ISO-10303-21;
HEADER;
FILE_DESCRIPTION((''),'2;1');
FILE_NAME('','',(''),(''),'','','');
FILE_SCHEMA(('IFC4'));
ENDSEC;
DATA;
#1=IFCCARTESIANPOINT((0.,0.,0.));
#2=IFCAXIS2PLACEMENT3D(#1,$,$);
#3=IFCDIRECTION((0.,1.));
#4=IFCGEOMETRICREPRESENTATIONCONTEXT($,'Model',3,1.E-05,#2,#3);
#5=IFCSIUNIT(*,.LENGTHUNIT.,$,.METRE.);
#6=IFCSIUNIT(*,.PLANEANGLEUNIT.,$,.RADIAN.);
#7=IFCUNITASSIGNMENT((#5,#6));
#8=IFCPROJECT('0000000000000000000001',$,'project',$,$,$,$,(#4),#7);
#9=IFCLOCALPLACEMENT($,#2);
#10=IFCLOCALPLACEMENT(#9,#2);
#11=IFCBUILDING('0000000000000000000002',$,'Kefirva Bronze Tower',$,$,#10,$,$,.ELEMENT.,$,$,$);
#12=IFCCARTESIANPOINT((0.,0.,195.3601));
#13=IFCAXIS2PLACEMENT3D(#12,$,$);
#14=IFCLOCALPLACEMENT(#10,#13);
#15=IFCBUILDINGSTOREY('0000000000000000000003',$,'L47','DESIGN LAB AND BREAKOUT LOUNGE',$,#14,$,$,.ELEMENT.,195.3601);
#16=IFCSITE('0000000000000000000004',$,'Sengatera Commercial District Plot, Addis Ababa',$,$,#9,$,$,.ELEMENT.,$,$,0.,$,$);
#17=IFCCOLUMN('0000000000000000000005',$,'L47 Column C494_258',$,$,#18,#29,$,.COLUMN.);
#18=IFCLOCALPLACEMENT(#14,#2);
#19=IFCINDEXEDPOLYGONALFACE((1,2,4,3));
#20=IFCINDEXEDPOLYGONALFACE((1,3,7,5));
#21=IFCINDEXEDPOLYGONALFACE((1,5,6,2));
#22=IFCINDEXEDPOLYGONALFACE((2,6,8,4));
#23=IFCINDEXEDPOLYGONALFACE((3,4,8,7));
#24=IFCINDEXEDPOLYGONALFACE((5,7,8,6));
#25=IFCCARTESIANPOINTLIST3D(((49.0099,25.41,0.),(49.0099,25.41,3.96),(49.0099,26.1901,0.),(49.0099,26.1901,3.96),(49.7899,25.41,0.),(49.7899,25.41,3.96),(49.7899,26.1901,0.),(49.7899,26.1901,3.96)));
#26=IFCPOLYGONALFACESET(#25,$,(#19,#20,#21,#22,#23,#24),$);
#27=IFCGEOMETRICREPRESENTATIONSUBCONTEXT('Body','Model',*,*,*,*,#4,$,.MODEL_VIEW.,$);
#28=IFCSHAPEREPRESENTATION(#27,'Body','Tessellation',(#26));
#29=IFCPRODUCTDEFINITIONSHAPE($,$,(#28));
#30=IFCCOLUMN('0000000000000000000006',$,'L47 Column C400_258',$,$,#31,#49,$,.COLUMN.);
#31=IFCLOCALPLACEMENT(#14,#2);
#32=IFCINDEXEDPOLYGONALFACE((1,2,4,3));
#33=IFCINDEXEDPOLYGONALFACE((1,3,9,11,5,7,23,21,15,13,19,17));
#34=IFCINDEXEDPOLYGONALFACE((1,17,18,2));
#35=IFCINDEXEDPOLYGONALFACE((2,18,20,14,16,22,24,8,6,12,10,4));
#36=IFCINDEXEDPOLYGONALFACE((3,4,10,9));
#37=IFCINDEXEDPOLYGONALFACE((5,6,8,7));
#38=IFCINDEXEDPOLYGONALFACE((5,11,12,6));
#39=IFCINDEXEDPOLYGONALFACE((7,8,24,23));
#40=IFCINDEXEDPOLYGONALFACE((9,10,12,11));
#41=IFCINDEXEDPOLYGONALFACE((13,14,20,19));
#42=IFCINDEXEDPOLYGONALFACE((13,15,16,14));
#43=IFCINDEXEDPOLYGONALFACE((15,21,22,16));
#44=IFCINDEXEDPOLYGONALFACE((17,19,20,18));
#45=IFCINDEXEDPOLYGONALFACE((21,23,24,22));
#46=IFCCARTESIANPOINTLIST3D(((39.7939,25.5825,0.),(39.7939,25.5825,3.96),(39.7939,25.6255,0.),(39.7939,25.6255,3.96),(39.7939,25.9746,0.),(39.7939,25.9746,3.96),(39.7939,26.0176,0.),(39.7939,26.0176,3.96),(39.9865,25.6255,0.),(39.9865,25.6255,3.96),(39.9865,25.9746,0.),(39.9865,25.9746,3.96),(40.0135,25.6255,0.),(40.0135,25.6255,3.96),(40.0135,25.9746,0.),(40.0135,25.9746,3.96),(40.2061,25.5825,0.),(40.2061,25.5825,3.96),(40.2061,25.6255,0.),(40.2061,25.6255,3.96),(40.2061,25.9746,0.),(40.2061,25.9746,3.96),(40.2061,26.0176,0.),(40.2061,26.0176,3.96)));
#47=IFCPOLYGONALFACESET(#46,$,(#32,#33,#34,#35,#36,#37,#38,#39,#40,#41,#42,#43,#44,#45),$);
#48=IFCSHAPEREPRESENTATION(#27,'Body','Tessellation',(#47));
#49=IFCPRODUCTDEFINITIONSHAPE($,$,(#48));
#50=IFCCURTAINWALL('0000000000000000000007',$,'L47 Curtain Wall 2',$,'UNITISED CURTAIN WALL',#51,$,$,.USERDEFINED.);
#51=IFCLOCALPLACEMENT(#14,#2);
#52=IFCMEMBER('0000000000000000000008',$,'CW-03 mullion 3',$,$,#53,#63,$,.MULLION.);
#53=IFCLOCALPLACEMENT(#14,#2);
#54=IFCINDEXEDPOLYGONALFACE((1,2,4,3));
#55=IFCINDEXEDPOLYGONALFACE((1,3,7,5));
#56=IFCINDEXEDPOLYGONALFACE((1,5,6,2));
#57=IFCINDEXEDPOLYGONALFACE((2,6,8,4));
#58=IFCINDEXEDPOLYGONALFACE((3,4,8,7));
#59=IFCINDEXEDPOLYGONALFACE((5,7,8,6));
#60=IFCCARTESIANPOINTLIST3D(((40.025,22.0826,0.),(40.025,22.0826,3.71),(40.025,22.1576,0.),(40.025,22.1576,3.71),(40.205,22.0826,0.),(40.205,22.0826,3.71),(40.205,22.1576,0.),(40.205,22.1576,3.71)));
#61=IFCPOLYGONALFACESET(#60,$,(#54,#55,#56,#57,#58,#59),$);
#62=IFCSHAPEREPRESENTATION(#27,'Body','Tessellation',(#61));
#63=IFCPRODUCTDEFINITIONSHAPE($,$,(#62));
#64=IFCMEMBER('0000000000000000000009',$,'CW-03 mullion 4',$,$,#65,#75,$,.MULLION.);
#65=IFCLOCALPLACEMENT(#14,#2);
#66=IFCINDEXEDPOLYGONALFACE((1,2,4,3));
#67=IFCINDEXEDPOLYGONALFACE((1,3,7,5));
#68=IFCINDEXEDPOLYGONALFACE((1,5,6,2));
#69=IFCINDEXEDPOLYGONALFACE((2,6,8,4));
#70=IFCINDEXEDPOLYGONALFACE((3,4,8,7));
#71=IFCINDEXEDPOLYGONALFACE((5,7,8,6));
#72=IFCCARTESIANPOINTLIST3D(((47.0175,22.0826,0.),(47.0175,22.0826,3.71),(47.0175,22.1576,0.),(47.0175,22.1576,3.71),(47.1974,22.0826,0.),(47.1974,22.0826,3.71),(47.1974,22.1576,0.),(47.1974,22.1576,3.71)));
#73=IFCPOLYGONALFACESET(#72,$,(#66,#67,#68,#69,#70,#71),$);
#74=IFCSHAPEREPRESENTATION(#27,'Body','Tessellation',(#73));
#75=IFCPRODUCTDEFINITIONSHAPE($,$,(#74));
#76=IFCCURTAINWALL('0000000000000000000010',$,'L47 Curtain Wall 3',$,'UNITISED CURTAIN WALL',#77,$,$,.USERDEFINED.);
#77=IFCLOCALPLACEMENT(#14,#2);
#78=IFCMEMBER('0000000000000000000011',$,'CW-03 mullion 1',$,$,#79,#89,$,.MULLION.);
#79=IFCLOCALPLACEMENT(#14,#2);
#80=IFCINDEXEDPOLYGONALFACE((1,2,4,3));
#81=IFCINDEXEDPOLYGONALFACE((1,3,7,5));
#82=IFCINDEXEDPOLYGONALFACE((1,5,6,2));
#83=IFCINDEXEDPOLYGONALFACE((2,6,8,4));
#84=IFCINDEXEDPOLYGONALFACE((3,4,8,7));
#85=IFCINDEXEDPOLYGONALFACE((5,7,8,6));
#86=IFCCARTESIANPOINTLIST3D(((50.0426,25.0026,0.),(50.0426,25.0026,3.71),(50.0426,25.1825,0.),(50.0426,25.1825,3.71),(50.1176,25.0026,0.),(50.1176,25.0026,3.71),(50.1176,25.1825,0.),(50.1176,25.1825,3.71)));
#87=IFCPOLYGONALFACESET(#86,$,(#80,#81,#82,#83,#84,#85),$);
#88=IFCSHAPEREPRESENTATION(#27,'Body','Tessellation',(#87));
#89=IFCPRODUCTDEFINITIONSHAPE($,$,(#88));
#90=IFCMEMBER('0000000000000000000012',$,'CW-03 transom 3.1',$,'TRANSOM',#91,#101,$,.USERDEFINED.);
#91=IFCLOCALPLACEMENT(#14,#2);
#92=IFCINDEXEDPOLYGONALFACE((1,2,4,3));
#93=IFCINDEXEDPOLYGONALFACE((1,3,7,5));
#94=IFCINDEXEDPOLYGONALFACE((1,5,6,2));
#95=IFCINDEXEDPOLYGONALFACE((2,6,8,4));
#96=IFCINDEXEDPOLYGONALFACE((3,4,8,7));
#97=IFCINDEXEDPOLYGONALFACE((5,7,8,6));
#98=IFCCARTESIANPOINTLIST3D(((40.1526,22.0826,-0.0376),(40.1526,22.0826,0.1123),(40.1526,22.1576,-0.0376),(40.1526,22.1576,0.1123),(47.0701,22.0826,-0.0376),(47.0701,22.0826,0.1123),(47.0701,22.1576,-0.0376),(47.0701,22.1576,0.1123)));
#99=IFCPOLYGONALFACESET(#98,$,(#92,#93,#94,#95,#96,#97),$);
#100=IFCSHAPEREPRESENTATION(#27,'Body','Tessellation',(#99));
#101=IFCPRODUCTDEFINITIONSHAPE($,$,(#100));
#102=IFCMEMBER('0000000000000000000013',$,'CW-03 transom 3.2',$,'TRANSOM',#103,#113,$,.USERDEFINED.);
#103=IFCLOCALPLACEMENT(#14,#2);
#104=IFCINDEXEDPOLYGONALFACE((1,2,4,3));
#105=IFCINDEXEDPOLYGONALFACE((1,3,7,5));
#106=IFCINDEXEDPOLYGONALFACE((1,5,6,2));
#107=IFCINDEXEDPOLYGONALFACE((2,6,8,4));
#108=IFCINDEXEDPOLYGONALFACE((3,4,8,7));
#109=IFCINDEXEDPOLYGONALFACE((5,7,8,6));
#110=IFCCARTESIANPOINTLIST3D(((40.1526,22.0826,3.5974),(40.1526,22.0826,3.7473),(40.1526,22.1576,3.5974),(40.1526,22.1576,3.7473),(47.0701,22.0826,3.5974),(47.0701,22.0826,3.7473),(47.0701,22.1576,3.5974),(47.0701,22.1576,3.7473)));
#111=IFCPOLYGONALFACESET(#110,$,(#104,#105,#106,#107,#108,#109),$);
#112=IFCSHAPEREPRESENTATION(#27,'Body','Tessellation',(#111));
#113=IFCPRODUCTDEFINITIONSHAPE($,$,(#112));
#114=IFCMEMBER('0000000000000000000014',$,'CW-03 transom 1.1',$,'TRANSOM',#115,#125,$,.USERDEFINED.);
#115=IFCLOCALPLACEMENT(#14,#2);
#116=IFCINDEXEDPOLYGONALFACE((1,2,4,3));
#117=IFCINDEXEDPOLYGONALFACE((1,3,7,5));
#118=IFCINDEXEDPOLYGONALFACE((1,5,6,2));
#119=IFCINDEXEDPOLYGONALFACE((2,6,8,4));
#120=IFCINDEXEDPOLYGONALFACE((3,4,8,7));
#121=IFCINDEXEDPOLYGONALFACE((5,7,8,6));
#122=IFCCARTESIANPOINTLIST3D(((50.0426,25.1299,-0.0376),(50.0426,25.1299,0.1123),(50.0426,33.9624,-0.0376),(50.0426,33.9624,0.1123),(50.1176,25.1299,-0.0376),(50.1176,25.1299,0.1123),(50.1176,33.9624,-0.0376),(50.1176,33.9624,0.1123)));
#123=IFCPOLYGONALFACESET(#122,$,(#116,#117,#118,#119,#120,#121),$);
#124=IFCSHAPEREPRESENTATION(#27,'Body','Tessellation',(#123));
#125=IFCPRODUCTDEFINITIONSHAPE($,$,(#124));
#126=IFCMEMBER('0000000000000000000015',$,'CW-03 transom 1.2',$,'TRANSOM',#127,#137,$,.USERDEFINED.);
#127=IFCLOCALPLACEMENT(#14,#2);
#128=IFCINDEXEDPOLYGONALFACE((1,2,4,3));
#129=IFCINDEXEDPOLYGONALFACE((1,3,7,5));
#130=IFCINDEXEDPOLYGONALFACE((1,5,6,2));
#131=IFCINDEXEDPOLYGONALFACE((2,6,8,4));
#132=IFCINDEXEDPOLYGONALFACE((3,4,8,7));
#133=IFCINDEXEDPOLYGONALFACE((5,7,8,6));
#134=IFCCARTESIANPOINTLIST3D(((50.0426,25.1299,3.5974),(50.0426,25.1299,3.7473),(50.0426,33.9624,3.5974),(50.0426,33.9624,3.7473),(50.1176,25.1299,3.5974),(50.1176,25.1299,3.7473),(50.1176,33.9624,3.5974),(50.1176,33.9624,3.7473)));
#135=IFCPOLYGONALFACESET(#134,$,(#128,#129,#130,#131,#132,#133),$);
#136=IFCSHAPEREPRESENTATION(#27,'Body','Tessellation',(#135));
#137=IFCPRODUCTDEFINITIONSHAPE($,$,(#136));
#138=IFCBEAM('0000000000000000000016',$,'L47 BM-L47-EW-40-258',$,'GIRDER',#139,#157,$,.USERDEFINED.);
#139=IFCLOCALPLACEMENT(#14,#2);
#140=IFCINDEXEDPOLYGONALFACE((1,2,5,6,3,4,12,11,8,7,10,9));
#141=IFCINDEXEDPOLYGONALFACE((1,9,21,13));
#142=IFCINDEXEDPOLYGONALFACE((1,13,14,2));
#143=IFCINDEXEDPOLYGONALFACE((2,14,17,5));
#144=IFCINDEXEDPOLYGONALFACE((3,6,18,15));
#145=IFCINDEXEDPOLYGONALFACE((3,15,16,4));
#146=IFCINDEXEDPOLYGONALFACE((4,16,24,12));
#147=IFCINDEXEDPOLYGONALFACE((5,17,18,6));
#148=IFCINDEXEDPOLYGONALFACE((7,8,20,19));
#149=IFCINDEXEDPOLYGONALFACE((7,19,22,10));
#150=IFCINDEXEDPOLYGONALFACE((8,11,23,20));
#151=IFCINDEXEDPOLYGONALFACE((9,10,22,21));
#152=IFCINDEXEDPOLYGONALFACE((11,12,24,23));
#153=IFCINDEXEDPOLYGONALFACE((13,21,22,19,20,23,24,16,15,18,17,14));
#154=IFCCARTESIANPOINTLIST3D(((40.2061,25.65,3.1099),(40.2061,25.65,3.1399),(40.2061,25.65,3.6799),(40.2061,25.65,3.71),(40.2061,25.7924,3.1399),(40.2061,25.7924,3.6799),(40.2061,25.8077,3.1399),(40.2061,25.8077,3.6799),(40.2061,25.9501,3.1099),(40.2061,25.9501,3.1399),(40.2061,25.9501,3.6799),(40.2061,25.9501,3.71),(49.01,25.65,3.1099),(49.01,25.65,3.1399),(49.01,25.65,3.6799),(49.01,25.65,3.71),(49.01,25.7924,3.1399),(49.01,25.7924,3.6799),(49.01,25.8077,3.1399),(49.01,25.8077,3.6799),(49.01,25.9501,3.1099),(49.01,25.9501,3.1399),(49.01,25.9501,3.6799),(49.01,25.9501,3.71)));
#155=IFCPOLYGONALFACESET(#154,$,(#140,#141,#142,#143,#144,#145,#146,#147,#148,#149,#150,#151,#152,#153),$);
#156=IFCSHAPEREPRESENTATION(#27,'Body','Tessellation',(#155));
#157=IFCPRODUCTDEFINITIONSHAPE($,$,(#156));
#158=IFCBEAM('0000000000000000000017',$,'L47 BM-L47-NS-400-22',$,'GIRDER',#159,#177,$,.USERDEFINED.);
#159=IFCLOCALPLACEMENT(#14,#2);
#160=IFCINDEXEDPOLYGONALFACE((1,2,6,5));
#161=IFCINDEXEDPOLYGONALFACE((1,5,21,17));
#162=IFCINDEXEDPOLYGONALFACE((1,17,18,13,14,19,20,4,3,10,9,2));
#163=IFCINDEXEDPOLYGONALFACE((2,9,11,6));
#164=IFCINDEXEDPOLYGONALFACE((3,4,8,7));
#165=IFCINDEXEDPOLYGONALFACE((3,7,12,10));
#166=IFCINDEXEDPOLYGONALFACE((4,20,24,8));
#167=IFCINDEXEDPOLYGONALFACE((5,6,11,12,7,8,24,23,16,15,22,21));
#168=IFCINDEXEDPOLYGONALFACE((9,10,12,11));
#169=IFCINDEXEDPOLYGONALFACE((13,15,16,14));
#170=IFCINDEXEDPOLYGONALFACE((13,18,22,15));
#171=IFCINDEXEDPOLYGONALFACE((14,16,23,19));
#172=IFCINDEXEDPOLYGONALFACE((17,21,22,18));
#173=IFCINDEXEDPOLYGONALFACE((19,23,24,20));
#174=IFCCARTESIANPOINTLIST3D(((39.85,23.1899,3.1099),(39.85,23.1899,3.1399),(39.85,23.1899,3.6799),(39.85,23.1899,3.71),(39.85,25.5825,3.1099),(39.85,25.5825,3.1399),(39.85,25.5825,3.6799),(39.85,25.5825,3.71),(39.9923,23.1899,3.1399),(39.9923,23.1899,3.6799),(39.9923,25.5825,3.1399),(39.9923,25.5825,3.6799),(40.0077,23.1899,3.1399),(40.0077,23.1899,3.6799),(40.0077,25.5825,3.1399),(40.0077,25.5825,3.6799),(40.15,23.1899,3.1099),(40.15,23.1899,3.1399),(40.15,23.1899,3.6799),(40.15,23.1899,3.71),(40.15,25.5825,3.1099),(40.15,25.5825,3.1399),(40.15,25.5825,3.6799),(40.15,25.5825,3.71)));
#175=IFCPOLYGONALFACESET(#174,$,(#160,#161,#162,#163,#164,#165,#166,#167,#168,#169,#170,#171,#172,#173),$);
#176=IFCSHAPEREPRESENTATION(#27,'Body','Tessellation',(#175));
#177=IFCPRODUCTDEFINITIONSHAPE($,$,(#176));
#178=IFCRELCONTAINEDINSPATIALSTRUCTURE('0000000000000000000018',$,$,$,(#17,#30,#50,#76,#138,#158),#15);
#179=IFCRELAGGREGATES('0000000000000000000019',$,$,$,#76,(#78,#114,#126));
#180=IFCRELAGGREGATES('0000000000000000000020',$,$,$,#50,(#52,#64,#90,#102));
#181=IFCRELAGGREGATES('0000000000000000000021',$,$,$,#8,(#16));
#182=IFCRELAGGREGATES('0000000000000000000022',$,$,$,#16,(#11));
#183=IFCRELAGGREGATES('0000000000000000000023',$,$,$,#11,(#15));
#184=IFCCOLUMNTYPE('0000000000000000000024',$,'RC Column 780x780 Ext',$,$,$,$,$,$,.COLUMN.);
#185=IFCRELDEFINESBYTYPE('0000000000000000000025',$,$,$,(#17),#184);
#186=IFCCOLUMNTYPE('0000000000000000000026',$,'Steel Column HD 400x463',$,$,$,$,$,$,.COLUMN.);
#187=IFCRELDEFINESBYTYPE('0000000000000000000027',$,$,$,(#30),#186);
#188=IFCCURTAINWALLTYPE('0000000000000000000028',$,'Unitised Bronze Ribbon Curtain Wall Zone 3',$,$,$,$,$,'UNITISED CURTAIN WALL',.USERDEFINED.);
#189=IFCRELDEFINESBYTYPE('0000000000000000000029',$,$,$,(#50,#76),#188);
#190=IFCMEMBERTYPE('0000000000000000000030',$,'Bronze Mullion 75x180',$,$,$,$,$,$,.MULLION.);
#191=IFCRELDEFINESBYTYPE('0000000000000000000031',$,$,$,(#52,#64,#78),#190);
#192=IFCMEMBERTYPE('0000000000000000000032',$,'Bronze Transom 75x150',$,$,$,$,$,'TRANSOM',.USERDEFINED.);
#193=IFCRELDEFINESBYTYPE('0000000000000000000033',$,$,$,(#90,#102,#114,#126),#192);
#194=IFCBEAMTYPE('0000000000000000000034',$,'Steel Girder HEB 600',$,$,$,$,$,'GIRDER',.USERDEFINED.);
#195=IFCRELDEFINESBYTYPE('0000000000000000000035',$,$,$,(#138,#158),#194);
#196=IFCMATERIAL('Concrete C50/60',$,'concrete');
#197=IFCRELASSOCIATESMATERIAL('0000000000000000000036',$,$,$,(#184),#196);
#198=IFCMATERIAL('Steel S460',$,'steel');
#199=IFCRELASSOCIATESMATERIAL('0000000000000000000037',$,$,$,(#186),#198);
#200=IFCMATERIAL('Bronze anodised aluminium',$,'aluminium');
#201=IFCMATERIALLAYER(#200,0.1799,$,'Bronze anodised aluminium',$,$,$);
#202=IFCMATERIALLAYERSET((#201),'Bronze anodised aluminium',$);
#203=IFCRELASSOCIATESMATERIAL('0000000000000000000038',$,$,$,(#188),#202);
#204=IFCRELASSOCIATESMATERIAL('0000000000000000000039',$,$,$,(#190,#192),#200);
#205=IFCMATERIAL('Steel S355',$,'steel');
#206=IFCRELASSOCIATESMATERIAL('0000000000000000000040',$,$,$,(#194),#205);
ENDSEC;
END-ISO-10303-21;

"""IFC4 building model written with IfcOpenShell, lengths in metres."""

from ifc_helpers import new_model, si_unit, direction, frame, origin, origin_2d, place, context, subcontext, project, spatial, rectangle, i_section, extrude, material, layer, layer_set, material_profile, profile_set, type_object, element, aggregate, save


model = new_model("IFC4")

# Units and contexts
model_context = context("Model", 3, precision=1e-05, world=origin(), true_north=direction((0.0, 1.0)))
body_context = subcontext(model_context, "Body", "Model", "MODEL_VIEW")
ifc_project = project(units=[si_unit("LENGTHUNIT", "METRE"), si_unit("PLANEANGLEUNIT", "RADIAN")], contexts=[model_context])

# Site, building, storey
site_placement = place(None, origin())
site = spatial("IfcSite", under=ifc_project, at=site_placement, Name="Sengatera Commercial District Plot, Addis Ababa", CompositionType="ELEMENT", RefElevation=0.0)
building_placement = place(site_placement, origin())
building = spatial("IfcBuilding", under=site, at=building_placement, Name="Kefirva Bronze Tower", CompositionType="ELEMENT")
storey_placement = place(building_placement, frame((0.0, 0.0, 195.3601)))
storey = spatial("IfcBuildingStorey", under=building, at=storey_placement, Name="L47", Description="DESIGN LAB AND BREAKOUT LOUNGE", CompositionType="ELEMENT", Elevation=195.3601)

# Columns
ifc_material_1 = material(Name="Concrete C50/60", Category="concrete")
ifc_material_profile_1 = material_profile(ifc_material_1, rectangle(XDim=0.78, YDim=0.78, at=origin_2d()), Name="RC 780x780")
ifc_profile_set_1 = profile_set([ifc_material_profile_1], Name="Concrete C50/60")
column_type_1 = type_object("IfcColumnType", Name="RC Column 780x780 Ext", PredefinedType="COLUMN", material=ifc_profile_set_1)
column_1_placement = place(storey_placement, frame((49.3999, 25.8, 0.0), z_axis=(0.0, 0.0, 1.0), x_axis=(1.0, 0.0, 0.0)))
element("IfcColumn", 1, at=column_1_placement, inside=storey, type_object=column_type_1, Name="L47 Column C494_258", PredefinedType="COLUMN", context=body_context, shape_type="SweptSolid", body=[
    extrude(rectangle(XDim=0.78, YDim=0.78, at=origin_2d()), origin(), (0.0, 0.0, 1.0), 3.96),
])
ifc_material_2 = material(Name="Steel S460", Category="steel")
ifc_material_profile_2 = material_profile(ifc_material_2, i_section(OverallWidth=0.4121, OverallDepth=0.4351, WebThickness=0.0271, FlangeThickness=0.043, at=origin_2d()), Name="HD 400x463")
ifc_profile_set_2 = profile_set([ifc_material_profile_2], Name="Steel S460")
column_type_2 = type_object("IfcColumnType", Name="Steel Column HD 400x463", PredefinedType="COLUMN", material=ifc_profile_set_2)
column_2_placement = place(storey_placement, frame((40.0, 25.8, 0.0), z_axis=(0.0, 0.0, 1.0), x_axis=(1.0, 0.0, 0.0)))
element("IfcColumn", 2, at=column_2_placement, inside=storey, type_object=column_type_2, Name="L47 Column C400_258", PredefinedType="COLUMN", context=body_context, shape_type="SweptSolid", body=[
    extrude(i_section(OverallWidth=0.4121, OverallDepth=0.4351, WebThickness=0.0271, FlangeThickness=0.043, at=origin_2d()), origin(), (0.0, 0.0, 1.0), 3.96),
])

# Curtain wall, members
ifc_material_3 = material(Name="Bronze anodised aluminium", Category="aluminium")
ifc_layer_1 = layer(ifc_material_3, 0.1799, Name="Bronze anodised aluminium")
ifc_layer_set_1 = layer_set([ifc_layer_1], Name="Bronze anodised aluminium")
curtain_wall_type = type_object("IfcCurtainWallType", Name="Unitised Bronze Ribbon Curtain Wall Zone 3", ElementType="UNITISED CURTAIN WALL", PredefinedType="USERDEFINED", material=ifc_layer_set_1)
curtain_wall_1_placement = place(storey_placement, origin())
curtain_wall_1 = element("IfcCurtainWall", 3, at=curtain_wall_1_placement, inside=storey, type_object=curtain_wall_type, Name="L47 Curtain Wall 2", ObjectType="UNITISED CURTAIN WALL", PredefinedType="USERDEFINED")
ifc_material_profile_3 = material_profile(ifc_material_3, rectangle(XDim=0.075, YDim=0.1799, at=origin_2d()), Name="ALU 75x180")
ifc_profile_set_3 = profile_set([ifc_material_profile_3], Name="Bronze anodised aluminium")
member_type_1 = type_object("IfcMemberType", Name="Bronze Mullion 75x180", PredefinedType="MULLION", material=ifc_profile_set_3)
member_1_placement = place(storey_placement, frame((40.115, 22.1201, 0.0), z_axis=(0.0, 0.0, 1.0), x_axis=(0.0, 1.0, 0.0)))
member_1 = element("IfcMember", 4, at=member_1_placement, type_object=member_type_1, Name="CW-03 mullion 3", PredefinedType="MULLION", context=body_context, shape_type="SweptSolid", body=[
    extrude(rectangle(XDim=0.075, YDim=0.1799, at=origin_2d()), origin(), (0.0, 0.0, 1.0), 3.71),
])
member_2_placement = place(storey_placement, frame((47.1074, 22.1201, 0.0), z_axis=(0.0, 0.0, 1.0), x_axis=(0.0, 1.0, 0.0)))
member_2 = element("IfcMember", 5, at=member_2_placement, type_object=member_type_1, Name="CW-03 mullion 4", PredefinedType="MULLION", context=body_context, shape_type="SweptSolid", body=[
    extrude(rectangle(XDim=0.075, YDim=0.1799, at=origin_2d()), origin(), (0.0, 0.0, 1.0), 3.71),
])

# Curtain wall, member
curtain_wall_2_placement = place(storey_placement, origin())
curtain_wall_2 = element("IfcCurtainWall", 6, at=curtain_wall_2_placement, inside=storey, type_object=curtain_wall_type, Name="L47 Curtain Wall 3", ObjectType="UNITISED CURTAIN WALL", PredefinedType="USERDEFINED")
member_3_placement = place(storey_placement, frame((50.0801, 25.0925, 0.0), z_axis=(0.0, 0.0, 1.0), x_axis=(-1.0, 0.0, 0.0)))
member_3 = element("IfcMember", 7, at=member_3_placement, type_object=member_type_1, Name="CW-03 mullion 1", PredefinedType="MULLION", context=body_context, shape_type="SweptSolid", body=[
    extrude(rectangle(XDim=0.075, YDim=0.1799, at=origin_2d()), origin(), (0.0, 0.0, 1.0), 3.71),
])

# Members
ifc_material_profile_4 = material_profile(ifc_material_3, rectangle(XDim=0.075, YDim=0.1499, at=origin_2d()), Name="ALU 75x150")
ifc_profile_set_4 = profile_set([ifc_material_profile_4], Name="Bronze anodised aluminium")
member_type_2 = type_object("IfcMemberType", Name="Bronze Transom 75x150", ElementType="TRANSOM", PredefinedType="USERDEFINED", material=ifc_profile_set_4)
member_4_placement = place(storey_placement, frame((40.1526, 22.1201, 0.0374), z_axis=(1.0, 0.0, 0.0), x_axis=(0.0, 1.0, 0.0)))
member_4 = element("IfcMember", 8, at=member_4_placement, type_object=member_type_2, Name="CW-03 transom 3.1", ObjectType="TRANSOM", PredefinedType="USERDEFINED", context=body_context, shape_type="SweptSolid", body=[
    extrude(rectangle(XDim=0.075, YDim=0.1499, at=origin_2d()), origin(), (0.0, 0.0, 1.0), 6.9175),
])
member_5_placement = place(storey_placement, frame((40.1526, 22.1201, 3.6724), z_axis=(1.0, 0.0, 0.0), x_axis=(0.0, 1.0, 0.0)))
member_5 = element("IfcMember", 9, at=member_5_placement, type_object=member_type_2, Name="CW-03 transom 3.2", ObjectType="TRANSOM", PredefinedType="USERDEFINED", context=body_context, shape_type="SweptSolid", body=[
    extrude(rectangle(XDim=0.075, YDim=0.1499, at=origin_2d()), origin(), (0.0, 0.0, 1.0), 6.9175),
])
member_6_placement = place(storey_placement, frame((50.0801, 25.1299, 0.0374), z_axis=(0.0, 1.0, 0.0), x_axis=(-1.0, 0.0, 0.0)))
member_6 = element("IfcMember", 10, at=member_6_placement, type_object=member_type_2, Name="CW-03 transom 1.1", ObjectType="TRANSOM", PredefinedType="USERDEFINED", context=body_context, shape_type="SweptSolid", body=[
    extrude(rectangle(XDim=0.075, YDim=0.1499, at=origin_2d()), origin(), (0.0, 0.0, 1.0), 8.8325),
])
member_7_placement = place(storey_placement, frame((50.0801, 25.1299, 3.6724), z_axis=(0.0, 1.0, 0.0), x_axis=(-1.0, 0.0, 0.0)))
member_7 = element("IfcMember", 11, at=member_7_placement, type_object=member_type_2, Name="CW-03 transom 1.2", ObjectType="TRANSOM", PredefinedType="USERDEFINED", context=body_context, shape_type="SweptSolid", body=[
    extrude(rectangle(XDim=0.075, YDim=0.1499, at=origin_2d()), origin(), (0.0, 0.0, 1.0), 8.8325),
])
aggregate(curtain_wall_2, [member_3, member_6, member_7])

# Beams
ifc_material_4 = material(Name="Steel S355", Category="steel")
ifc_material_profile_5 = material_profile(ifc_material_4, i_section(OverallWidth=0.3, OverallDepth=0.6001, WebThickness=0.0154, FlangeThickness=0.03, at=origin_2d()), Name="HEB 600")
ifc_profile_set_5 = profile_set([ifc_material_profile_5], Name="Steel S355")
beam_type = type_object("IfcBeamType", Name="Steel Girder HEB 600", ElementType="GIRDER", PredefinedType="USERDEFINED", material=ifc_profile_set_5)
beam_1_placement = place(storey_placement, frame((40.2061, 25.8, 3.4099), z_axis=(1.0, 0.0, 0.0), x_axis=(0.0, 1.0, 0.0)))
element("IfcBeam", 12, at=beam_1_placement, inside=storey, type_object=beam_type, Name="L47 BM-L47-EW-40-258", ObjectType="GIRDER", PredefinedType="USERDEFINED", context=body_context, shape_type="SweptSolid", body=[
    extrude(i_section(OverallWidth=0.3, OverallDepth=0.6001, WebThickness=0.0154, FlangeThickness=0.03, at=origin_2d()), origin(), (0.0, 0.0, 1.0), 8.804),
])
beam_2_placement = place(storey_placement, frame((40.0, 23.1899, 3.4099), z_axis=(0.0, 1.0, 0.0), x_axis=(-1.0, 0.0, 0.0)))
element("IfcBeam", 13, at=beam_2_placement, inside=storey, type_object=beam_type, Name="L47 BM-L47-NS-400-22", ObjectType="GIRDER", PredefinedType="USERDEFINED", context=body_context, shape_type="SweptSolid", body=[
    extrude(i_section(OverallWidth=0.3, OverallDepth=0.6001, WebThickness=0.0154, FlangeThickness=0.03, at=origin_2d()), origin(), (0.0, 0.0, 1.0), 2.3926),
])

aggregate(curtain_wall_1, [member_1, member_2, member_4, member_5])

save(model, "model.ifc")
